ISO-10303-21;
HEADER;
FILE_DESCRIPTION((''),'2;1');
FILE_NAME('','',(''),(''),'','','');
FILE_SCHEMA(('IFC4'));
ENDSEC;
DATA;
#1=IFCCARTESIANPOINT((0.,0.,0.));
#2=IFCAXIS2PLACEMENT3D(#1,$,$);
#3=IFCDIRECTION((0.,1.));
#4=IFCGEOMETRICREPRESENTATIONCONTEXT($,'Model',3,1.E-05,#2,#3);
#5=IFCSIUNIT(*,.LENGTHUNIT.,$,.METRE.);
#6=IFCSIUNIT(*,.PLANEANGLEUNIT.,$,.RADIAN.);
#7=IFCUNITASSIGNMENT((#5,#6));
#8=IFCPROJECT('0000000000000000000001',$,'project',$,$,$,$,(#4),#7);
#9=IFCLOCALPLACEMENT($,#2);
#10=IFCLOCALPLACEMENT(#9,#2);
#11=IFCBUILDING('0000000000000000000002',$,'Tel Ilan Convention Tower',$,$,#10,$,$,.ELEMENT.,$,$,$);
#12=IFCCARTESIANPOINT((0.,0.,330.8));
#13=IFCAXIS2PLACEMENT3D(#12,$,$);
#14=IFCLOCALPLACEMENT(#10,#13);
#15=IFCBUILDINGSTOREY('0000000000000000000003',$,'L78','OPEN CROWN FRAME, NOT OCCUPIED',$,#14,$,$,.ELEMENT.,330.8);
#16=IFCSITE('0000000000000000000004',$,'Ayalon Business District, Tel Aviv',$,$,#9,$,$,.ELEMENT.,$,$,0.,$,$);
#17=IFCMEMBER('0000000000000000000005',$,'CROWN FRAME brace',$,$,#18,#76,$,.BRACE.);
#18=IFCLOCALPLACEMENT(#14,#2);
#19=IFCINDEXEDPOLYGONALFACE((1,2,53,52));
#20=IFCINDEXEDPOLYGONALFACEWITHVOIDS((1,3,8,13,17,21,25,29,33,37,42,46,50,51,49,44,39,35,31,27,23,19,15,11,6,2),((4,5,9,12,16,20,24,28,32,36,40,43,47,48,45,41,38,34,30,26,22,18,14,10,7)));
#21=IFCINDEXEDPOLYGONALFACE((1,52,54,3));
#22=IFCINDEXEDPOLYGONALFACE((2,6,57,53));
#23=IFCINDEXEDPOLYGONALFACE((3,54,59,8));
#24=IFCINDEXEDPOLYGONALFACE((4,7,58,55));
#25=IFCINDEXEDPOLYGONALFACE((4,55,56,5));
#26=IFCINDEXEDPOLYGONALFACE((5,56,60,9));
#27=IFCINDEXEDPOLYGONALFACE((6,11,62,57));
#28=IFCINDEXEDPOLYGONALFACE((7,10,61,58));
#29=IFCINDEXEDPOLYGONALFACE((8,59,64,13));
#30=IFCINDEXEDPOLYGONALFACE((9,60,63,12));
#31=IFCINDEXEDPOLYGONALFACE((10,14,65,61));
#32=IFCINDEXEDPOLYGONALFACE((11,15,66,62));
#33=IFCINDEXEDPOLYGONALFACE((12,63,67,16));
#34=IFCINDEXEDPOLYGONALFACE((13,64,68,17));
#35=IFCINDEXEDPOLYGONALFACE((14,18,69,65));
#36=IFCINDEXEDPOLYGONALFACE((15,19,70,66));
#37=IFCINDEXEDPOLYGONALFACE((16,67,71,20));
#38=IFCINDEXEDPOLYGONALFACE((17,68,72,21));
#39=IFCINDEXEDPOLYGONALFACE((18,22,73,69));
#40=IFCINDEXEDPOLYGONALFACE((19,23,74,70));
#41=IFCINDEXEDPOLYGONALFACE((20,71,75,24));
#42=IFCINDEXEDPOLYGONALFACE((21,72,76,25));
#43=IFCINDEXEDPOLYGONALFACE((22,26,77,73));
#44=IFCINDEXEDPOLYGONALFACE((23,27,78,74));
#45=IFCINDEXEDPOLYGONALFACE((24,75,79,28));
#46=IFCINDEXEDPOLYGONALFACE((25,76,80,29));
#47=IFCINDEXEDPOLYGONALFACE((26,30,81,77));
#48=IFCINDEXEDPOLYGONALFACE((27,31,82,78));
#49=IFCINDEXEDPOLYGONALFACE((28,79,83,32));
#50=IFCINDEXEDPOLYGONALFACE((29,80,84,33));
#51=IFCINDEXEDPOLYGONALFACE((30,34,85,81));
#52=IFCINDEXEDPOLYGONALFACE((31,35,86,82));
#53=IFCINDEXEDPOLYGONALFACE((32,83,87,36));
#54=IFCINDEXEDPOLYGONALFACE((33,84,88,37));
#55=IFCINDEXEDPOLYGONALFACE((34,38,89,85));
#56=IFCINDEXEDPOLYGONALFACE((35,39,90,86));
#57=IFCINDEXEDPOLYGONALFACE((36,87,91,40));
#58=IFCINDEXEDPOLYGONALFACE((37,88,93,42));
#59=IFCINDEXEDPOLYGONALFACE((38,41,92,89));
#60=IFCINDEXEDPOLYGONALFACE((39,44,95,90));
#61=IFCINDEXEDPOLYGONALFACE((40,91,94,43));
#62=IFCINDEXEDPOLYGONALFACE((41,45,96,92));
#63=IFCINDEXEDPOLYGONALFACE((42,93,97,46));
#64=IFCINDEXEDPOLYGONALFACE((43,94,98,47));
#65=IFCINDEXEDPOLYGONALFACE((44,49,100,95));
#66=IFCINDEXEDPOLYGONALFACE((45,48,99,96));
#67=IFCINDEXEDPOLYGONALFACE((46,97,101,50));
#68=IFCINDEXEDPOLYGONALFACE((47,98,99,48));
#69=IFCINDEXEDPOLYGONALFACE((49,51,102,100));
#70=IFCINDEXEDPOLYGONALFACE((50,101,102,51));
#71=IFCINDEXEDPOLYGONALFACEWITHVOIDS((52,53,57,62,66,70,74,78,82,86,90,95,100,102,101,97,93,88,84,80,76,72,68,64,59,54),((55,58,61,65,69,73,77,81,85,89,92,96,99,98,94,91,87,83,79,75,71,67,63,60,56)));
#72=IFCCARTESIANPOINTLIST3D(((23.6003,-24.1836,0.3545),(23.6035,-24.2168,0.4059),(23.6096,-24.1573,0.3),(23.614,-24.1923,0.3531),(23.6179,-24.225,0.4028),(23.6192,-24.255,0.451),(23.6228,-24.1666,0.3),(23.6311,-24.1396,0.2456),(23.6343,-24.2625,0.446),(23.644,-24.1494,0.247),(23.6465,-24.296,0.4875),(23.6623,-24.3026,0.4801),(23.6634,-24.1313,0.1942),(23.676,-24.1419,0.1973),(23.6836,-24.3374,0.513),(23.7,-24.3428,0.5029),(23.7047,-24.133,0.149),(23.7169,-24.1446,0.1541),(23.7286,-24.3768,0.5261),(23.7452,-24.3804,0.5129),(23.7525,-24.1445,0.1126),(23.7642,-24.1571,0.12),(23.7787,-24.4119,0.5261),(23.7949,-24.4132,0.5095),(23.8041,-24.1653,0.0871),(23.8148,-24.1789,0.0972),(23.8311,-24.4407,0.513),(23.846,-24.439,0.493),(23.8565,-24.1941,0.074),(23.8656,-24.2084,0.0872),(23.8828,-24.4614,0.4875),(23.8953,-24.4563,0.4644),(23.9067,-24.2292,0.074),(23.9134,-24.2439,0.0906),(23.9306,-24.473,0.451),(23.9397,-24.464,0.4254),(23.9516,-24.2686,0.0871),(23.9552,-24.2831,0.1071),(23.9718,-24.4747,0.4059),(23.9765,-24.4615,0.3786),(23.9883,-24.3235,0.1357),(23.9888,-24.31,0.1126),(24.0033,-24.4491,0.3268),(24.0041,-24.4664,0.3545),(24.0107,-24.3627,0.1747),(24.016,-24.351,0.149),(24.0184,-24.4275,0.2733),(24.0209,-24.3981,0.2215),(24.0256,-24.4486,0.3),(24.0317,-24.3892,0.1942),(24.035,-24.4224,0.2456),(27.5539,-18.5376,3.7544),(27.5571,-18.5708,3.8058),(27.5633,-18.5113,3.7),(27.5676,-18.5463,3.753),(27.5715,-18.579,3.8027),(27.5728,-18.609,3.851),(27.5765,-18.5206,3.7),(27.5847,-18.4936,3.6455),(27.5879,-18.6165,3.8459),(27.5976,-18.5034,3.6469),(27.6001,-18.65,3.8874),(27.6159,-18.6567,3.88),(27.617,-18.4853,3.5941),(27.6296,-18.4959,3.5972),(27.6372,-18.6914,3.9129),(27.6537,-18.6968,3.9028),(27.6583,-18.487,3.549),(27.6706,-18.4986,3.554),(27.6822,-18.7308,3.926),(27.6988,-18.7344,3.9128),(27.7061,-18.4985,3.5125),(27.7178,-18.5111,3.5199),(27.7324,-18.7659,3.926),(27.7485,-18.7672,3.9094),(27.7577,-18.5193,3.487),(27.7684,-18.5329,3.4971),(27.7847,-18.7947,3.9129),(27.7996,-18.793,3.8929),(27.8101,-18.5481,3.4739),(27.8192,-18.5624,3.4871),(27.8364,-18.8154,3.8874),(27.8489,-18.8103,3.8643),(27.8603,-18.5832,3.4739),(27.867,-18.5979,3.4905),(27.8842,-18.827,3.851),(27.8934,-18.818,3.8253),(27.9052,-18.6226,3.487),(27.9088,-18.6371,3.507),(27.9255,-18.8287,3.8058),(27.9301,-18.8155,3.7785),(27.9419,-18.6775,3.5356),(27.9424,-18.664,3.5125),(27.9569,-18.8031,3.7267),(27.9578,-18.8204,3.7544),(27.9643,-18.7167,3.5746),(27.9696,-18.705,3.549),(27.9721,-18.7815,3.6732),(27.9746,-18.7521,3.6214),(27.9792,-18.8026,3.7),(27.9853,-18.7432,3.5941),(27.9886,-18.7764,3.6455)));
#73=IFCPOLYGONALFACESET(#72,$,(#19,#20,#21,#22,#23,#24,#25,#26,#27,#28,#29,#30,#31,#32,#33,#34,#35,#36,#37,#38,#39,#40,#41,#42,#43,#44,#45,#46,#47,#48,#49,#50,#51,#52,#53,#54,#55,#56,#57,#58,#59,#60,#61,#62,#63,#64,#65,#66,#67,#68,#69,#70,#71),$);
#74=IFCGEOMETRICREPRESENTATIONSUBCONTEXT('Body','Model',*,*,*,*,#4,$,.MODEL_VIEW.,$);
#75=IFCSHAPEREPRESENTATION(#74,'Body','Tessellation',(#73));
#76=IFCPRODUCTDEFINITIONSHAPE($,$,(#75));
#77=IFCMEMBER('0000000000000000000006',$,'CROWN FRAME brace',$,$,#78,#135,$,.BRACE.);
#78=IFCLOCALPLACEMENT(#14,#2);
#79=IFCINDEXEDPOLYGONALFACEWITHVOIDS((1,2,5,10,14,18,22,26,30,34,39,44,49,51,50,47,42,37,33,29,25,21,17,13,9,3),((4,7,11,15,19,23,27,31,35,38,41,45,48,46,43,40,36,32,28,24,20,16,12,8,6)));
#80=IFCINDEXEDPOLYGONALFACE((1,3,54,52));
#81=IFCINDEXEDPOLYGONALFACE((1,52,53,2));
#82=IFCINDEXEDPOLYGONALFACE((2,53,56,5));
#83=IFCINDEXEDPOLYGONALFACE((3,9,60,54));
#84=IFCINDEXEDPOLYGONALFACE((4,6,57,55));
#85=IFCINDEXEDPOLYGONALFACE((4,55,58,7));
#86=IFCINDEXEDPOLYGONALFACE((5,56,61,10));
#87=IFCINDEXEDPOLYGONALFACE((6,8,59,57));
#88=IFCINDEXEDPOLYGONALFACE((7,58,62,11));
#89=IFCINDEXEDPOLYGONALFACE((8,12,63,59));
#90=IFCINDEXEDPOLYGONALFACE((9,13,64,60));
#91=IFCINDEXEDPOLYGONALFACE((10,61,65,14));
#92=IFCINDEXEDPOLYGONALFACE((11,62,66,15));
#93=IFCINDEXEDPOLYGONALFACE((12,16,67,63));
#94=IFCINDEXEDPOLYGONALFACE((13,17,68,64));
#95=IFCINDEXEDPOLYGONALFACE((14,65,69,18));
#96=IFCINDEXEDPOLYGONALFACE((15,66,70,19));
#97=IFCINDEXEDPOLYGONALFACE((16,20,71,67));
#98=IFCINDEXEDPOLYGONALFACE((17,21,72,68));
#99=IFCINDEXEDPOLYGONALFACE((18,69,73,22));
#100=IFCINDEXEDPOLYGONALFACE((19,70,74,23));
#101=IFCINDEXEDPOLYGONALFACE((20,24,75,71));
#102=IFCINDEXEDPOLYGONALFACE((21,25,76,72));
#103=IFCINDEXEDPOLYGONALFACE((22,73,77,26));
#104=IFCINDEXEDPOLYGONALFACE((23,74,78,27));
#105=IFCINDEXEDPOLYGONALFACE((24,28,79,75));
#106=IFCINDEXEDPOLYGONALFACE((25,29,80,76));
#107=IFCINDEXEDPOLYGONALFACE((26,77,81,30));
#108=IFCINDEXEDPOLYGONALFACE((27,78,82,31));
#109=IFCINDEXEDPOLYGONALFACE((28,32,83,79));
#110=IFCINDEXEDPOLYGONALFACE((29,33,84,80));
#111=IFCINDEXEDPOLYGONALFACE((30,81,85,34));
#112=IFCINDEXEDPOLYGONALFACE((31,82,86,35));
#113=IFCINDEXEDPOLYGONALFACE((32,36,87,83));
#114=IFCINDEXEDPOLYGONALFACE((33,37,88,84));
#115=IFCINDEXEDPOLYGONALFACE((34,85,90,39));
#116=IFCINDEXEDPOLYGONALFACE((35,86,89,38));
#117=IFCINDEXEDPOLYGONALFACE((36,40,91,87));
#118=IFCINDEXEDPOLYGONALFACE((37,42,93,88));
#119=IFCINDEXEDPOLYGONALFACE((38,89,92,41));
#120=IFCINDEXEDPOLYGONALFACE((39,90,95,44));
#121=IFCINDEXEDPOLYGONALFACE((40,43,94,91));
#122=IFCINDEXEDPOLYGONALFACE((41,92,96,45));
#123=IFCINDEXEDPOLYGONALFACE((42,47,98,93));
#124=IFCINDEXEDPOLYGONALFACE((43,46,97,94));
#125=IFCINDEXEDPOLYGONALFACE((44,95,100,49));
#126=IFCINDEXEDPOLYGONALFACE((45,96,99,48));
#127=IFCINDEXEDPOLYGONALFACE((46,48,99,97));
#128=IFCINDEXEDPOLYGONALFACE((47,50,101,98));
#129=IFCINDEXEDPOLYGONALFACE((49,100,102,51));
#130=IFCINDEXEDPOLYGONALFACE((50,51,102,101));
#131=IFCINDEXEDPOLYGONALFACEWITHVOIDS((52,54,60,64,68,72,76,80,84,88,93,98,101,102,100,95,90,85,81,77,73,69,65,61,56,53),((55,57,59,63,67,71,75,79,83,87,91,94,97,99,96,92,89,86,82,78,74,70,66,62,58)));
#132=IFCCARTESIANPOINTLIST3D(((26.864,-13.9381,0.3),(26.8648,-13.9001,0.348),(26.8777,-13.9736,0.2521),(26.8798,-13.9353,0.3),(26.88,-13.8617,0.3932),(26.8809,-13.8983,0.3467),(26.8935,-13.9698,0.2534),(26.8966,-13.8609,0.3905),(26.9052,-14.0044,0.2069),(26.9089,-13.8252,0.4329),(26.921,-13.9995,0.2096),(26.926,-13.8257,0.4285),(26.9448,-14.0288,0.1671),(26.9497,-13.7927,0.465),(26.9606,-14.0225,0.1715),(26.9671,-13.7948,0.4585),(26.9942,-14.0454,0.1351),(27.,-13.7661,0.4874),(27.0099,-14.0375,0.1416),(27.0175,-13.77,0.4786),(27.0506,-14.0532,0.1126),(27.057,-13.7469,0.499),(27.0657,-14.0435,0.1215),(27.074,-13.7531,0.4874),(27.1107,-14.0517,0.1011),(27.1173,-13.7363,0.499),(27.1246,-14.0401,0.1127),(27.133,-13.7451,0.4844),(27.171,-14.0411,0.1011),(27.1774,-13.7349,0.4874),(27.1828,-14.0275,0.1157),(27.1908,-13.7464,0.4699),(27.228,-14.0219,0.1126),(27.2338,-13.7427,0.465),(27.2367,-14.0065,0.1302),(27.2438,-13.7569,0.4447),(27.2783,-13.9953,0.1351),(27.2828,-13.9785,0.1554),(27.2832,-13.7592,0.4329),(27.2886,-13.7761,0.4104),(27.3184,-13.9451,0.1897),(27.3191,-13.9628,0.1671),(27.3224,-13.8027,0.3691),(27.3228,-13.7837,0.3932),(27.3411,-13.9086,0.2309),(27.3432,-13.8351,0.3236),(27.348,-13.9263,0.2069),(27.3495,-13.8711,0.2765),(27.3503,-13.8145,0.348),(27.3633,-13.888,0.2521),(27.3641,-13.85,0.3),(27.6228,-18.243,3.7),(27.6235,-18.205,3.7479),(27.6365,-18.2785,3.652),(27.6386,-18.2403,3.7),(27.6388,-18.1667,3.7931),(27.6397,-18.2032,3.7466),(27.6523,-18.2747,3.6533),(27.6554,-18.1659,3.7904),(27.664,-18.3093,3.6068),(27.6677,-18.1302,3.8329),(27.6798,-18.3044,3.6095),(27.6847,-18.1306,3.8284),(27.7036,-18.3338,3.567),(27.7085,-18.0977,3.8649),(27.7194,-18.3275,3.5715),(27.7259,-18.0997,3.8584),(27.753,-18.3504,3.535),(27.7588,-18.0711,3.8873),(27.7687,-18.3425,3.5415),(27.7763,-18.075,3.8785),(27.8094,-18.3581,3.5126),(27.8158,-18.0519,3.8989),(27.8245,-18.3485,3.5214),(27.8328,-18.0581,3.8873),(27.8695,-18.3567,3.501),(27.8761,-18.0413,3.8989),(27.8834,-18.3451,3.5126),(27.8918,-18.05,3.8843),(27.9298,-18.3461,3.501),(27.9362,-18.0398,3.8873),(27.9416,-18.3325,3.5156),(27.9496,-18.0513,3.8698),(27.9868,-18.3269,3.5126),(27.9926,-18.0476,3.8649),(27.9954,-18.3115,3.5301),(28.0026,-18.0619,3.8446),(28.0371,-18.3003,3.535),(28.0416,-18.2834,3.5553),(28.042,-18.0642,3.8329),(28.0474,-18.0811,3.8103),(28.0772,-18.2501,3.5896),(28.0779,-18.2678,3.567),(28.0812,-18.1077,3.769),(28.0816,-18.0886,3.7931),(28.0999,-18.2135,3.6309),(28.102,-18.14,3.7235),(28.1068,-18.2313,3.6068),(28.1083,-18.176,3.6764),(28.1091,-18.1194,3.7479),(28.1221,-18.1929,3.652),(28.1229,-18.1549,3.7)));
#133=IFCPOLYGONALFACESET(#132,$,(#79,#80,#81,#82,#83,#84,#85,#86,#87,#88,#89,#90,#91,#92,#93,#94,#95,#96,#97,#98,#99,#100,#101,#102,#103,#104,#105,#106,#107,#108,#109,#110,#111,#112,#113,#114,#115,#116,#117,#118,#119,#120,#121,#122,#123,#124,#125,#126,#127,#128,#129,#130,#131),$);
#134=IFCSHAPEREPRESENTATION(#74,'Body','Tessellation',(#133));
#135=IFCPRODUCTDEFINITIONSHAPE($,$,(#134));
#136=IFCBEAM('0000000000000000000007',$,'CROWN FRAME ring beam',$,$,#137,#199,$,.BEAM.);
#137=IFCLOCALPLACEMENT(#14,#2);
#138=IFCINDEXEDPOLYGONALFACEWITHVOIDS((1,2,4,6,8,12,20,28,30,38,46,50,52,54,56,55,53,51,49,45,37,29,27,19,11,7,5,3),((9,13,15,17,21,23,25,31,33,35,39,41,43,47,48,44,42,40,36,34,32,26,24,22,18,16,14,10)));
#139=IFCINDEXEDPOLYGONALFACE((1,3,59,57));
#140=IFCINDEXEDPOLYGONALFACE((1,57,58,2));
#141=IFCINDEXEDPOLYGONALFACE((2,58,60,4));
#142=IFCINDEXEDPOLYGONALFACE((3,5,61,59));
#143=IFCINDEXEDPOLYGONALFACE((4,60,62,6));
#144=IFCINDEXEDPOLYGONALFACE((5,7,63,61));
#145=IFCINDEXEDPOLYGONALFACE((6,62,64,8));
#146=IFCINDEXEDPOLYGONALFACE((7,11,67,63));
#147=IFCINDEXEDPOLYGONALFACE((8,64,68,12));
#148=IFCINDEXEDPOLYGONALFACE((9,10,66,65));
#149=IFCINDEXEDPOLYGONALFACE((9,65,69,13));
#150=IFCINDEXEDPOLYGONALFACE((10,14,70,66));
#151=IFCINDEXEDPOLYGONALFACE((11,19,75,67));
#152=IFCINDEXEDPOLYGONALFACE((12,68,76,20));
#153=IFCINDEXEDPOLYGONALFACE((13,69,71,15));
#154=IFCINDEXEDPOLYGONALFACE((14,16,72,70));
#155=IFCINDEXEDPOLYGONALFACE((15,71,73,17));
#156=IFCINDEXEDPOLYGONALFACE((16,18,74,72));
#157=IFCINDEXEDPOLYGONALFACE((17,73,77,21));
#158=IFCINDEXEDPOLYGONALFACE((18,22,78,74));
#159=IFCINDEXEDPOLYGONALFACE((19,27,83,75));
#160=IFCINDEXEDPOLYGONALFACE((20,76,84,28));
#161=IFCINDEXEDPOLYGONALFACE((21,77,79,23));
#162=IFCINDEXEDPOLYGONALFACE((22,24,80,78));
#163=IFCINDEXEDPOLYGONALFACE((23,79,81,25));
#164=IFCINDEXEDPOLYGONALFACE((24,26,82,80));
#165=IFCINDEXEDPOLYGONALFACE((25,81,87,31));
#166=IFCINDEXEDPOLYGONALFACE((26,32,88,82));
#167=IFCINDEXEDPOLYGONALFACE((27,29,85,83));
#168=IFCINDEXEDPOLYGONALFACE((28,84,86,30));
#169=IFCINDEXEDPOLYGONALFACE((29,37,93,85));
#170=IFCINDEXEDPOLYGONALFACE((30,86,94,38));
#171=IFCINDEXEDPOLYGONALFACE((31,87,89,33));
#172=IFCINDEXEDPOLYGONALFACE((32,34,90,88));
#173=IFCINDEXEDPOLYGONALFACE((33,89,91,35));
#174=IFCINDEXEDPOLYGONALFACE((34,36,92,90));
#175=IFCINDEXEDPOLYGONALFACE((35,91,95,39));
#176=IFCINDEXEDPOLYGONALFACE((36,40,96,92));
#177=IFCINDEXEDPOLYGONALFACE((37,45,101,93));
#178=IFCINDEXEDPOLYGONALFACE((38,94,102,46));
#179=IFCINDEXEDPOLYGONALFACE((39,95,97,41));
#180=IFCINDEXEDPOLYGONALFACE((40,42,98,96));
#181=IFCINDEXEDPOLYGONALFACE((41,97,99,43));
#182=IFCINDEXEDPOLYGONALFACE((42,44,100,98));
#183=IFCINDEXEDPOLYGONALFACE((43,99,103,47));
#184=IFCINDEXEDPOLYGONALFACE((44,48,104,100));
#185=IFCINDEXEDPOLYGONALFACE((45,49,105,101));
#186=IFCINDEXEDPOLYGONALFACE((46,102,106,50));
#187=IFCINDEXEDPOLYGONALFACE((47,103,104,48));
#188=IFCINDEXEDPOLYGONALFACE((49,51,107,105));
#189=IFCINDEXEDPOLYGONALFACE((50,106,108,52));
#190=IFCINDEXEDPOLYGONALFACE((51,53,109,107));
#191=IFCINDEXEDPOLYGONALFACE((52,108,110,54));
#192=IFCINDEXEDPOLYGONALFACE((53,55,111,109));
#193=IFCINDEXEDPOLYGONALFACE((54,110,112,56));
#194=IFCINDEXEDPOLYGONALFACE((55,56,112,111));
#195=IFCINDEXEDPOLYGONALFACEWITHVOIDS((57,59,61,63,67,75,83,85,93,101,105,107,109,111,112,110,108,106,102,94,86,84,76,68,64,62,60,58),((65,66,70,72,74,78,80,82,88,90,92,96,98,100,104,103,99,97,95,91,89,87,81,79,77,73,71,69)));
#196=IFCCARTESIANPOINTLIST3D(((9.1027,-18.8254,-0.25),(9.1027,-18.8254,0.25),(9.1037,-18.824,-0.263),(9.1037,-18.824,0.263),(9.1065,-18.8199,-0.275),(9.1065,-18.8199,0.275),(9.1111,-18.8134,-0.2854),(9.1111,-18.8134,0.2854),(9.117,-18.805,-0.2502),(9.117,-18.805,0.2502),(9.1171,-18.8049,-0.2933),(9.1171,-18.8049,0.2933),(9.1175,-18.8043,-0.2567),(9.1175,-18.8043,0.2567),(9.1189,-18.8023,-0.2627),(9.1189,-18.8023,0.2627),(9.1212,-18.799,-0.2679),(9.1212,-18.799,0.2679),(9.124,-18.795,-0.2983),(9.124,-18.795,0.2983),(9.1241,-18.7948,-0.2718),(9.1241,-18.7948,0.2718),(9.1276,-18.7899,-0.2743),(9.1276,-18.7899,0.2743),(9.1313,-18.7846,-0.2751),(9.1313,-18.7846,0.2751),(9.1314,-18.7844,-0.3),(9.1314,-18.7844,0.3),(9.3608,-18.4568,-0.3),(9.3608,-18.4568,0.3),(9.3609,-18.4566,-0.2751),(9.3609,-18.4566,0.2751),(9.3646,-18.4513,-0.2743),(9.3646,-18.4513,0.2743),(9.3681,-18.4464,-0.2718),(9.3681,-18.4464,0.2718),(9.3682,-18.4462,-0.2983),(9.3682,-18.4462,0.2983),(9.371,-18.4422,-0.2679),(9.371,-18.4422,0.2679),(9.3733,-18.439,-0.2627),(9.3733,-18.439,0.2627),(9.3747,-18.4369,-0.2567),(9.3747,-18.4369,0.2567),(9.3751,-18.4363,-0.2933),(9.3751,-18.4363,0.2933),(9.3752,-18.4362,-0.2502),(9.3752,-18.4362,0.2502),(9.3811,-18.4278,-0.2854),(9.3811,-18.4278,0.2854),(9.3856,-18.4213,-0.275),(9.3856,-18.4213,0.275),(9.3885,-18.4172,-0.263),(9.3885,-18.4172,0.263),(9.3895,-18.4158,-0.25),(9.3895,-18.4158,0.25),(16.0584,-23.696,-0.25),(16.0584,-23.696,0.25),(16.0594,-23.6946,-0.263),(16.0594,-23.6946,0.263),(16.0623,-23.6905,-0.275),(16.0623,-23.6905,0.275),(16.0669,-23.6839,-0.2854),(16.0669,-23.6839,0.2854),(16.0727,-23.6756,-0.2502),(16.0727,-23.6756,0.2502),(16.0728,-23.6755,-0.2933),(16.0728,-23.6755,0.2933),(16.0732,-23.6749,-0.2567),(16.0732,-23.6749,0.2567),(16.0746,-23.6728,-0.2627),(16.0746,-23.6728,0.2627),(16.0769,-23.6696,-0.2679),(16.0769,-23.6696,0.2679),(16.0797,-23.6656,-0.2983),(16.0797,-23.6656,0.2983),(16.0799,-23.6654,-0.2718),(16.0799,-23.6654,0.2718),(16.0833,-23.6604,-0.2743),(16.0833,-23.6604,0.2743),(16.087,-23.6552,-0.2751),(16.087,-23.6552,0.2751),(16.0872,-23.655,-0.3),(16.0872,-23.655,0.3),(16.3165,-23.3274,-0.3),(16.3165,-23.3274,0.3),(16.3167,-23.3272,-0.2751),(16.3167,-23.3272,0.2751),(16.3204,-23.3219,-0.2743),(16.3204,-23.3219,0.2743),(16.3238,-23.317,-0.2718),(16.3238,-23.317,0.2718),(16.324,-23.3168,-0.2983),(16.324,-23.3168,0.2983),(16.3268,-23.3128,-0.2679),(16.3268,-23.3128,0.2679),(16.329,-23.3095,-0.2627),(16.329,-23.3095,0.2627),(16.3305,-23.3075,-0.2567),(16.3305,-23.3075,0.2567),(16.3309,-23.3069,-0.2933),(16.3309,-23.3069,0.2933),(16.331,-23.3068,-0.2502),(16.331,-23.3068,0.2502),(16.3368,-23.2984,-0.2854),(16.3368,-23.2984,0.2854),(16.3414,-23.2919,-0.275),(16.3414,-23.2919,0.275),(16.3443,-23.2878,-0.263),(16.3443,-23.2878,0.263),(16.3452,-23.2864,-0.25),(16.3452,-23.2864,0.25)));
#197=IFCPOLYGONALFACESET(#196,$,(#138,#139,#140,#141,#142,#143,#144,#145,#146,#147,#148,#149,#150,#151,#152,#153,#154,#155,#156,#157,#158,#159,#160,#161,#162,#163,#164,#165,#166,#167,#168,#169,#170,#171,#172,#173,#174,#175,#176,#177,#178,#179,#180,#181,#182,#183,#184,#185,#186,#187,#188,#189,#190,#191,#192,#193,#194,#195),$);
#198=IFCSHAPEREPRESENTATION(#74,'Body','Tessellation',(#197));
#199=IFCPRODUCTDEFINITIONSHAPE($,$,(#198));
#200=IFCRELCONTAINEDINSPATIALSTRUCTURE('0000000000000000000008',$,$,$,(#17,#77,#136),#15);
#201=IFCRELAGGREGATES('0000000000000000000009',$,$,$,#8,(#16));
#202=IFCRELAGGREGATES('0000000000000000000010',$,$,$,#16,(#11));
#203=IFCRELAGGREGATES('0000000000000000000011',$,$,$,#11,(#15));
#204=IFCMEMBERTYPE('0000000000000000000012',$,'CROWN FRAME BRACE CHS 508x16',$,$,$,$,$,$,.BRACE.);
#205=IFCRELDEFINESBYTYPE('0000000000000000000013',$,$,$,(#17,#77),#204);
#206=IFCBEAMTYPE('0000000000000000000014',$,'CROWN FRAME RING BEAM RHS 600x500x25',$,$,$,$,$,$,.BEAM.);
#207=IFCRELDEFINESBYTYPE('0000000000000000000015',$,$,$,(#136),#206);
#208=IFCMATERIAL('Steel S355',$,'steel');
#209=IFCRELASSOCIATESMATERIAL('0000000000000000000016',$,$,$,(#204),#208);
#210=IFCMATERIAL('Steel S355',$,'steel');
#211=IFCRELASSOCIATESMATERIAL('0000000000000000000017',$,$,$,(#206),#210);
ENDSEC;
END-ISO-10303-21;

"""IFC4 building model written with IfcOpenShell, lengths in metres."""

from ifc_helpers import new_model, si_unit, direction, frame, origin, origin_2d, place, context, subcontext, project, spatial, hollow_rectangle, hollow_circle, extrude, material, material_profile, profile_set, type_object, element, save


model = new_model("IFC4")

# Units and contexts
model_context = context("Model", 3, precision=1e-05, world=origin(), true_north=direction((0.0, 1.0)))
body_context = subcontext(model_context, "Body", "Model", "MODEL_VIEW")
ifc_project = project(units=[si_unit("LENGTHUNIT", "METRE"), si_unit("PLANEANGLEUNIT", "RADIAN")], contexts=[model_context])

# Site, building, storey
site_placement = place(None, origin())
site = spatial("IfcSite", under=ifc_project, at=site_placement, Name="Ayalon Business District, Tel Aviv", CompositionType="ELEMENT", RefElevation=0.0)
building_placement = place(site_placement, origin())
building = spatial("IfcBuilding", under=site, at=building_placement, Name="Tel Ilan Convention Tower", CompositionType="ELEMENT")
storey_placement = place(building_placement, frame((0.0, 0.0, 330.8)))
storey = spatial("IfcBuildingStorey", under=building, at=storey_placement, Name="L78", Description="OPEN CROWN FRAME, NOT OCCUPIED", CompositionType="ELEMENT", Elevation=330.8)

# Members
ifc_material_1 = material(Name="Steel S355", Category="steel")
ifc_material_profile_1 = material_profile(ifc_material_1, hollow_circle(Radius=0.2539, WallThickness=0.0161, at=origin_2d()), Name="CHS 508x16")
ifc_profile_set_1 = profile_set([ifc_material_profile_1], Name="Steel S355")
member_type = type_object("IfcMemberType", Name="CROWN FRAME BRACE CHS 508x16", PredefinedType="BRACE", material=ifc_profile_set_1)
member_1_placement = place(storey_placement, frame((23.8176, -24.303, 0.3), z_axis=(0.514422, 0.734625, 0.442376), x_axis=(-0.819135, 0.5736, 0.0)))
element("IfcMember", 1, at=member_1_placement, inside=storey, type_object=member_type, Name="CROWN FRAME brace", PredefinedType="BRACE", context=body_context, shape_type="SweptSolid", body=[
    extrude(hollow_circle(Radius=0.2539, WallThickness=0.0161, at=origin_2d()), origin(), (0.0, 0.0, 1.0), 7.6855),
])
member_2_placement = place(storey_placement, frame((27.8728, -18.199, 3.7), z_axis=(-0.137019, 0.777368, -0.613942), x_axis=(-0.984819, -0.173585, 0.0)))
element("IfcMember", 2, at=member_2_placement, inside=storey, type_object=member_type, Name="CROWN FRAME brace", PredefinedType="BRACE", context=body_context, shape_type="SweptSolid", body=[
    extrude(hollow_circle(Radius=0.2539, WallThickness=0.0161, at=origin_2d()), origin(), (0.0, 0.0, 1.0), 5.5378),
])

# Beam
ifc_material_2 = material(Name="Steel S355", Category="steel")
ifc_material_profile_2 = material_profile(ifc_material_2, hollow_rectangle(XDim=0.5, YDim=0.6001, WallThickness=0.0249, InnerFilletRadius=0.0249, OuterFilletRadius=0.05, at=origin_2d()), Name="RHS 600x500x25")
ifc_profile_set_2 = profile_set([ifc_material_profile_2], Name="Steel S355")
beam_type = type_object("IfcBeamType", Name="CROWN FRAME RING BEAM RHS 600x500x25", PredefinedType="BEAM", material=ifc_profile_set_2)
beam_1_placement = place(storey_placement, frame((9.2461, -18.6206, 0.0), z_axis=(0.819147, -0.573584, 0.0), x_axis=(0.573584, 0.819147, 0.0)))
element("IfcBeam", 3, at=beam_1_placement, inside=storey, type_object=beam_type, Name="CROWN FRAME ring beam", PredefinedType="BEAM", context=body_context, shape_type="SweptSolid", body=[
    extrude(hollow_rectangle(XDim=0.5, YDim=0.6001, WallThickness=0.0249, InnerFilletRadius=0.0249, OuterFilletRadius=0.05, at=origin_2d()), origin(), (0.0, 0.0, 1.0), 8.4915),
])

save(model, "model.ifc")
